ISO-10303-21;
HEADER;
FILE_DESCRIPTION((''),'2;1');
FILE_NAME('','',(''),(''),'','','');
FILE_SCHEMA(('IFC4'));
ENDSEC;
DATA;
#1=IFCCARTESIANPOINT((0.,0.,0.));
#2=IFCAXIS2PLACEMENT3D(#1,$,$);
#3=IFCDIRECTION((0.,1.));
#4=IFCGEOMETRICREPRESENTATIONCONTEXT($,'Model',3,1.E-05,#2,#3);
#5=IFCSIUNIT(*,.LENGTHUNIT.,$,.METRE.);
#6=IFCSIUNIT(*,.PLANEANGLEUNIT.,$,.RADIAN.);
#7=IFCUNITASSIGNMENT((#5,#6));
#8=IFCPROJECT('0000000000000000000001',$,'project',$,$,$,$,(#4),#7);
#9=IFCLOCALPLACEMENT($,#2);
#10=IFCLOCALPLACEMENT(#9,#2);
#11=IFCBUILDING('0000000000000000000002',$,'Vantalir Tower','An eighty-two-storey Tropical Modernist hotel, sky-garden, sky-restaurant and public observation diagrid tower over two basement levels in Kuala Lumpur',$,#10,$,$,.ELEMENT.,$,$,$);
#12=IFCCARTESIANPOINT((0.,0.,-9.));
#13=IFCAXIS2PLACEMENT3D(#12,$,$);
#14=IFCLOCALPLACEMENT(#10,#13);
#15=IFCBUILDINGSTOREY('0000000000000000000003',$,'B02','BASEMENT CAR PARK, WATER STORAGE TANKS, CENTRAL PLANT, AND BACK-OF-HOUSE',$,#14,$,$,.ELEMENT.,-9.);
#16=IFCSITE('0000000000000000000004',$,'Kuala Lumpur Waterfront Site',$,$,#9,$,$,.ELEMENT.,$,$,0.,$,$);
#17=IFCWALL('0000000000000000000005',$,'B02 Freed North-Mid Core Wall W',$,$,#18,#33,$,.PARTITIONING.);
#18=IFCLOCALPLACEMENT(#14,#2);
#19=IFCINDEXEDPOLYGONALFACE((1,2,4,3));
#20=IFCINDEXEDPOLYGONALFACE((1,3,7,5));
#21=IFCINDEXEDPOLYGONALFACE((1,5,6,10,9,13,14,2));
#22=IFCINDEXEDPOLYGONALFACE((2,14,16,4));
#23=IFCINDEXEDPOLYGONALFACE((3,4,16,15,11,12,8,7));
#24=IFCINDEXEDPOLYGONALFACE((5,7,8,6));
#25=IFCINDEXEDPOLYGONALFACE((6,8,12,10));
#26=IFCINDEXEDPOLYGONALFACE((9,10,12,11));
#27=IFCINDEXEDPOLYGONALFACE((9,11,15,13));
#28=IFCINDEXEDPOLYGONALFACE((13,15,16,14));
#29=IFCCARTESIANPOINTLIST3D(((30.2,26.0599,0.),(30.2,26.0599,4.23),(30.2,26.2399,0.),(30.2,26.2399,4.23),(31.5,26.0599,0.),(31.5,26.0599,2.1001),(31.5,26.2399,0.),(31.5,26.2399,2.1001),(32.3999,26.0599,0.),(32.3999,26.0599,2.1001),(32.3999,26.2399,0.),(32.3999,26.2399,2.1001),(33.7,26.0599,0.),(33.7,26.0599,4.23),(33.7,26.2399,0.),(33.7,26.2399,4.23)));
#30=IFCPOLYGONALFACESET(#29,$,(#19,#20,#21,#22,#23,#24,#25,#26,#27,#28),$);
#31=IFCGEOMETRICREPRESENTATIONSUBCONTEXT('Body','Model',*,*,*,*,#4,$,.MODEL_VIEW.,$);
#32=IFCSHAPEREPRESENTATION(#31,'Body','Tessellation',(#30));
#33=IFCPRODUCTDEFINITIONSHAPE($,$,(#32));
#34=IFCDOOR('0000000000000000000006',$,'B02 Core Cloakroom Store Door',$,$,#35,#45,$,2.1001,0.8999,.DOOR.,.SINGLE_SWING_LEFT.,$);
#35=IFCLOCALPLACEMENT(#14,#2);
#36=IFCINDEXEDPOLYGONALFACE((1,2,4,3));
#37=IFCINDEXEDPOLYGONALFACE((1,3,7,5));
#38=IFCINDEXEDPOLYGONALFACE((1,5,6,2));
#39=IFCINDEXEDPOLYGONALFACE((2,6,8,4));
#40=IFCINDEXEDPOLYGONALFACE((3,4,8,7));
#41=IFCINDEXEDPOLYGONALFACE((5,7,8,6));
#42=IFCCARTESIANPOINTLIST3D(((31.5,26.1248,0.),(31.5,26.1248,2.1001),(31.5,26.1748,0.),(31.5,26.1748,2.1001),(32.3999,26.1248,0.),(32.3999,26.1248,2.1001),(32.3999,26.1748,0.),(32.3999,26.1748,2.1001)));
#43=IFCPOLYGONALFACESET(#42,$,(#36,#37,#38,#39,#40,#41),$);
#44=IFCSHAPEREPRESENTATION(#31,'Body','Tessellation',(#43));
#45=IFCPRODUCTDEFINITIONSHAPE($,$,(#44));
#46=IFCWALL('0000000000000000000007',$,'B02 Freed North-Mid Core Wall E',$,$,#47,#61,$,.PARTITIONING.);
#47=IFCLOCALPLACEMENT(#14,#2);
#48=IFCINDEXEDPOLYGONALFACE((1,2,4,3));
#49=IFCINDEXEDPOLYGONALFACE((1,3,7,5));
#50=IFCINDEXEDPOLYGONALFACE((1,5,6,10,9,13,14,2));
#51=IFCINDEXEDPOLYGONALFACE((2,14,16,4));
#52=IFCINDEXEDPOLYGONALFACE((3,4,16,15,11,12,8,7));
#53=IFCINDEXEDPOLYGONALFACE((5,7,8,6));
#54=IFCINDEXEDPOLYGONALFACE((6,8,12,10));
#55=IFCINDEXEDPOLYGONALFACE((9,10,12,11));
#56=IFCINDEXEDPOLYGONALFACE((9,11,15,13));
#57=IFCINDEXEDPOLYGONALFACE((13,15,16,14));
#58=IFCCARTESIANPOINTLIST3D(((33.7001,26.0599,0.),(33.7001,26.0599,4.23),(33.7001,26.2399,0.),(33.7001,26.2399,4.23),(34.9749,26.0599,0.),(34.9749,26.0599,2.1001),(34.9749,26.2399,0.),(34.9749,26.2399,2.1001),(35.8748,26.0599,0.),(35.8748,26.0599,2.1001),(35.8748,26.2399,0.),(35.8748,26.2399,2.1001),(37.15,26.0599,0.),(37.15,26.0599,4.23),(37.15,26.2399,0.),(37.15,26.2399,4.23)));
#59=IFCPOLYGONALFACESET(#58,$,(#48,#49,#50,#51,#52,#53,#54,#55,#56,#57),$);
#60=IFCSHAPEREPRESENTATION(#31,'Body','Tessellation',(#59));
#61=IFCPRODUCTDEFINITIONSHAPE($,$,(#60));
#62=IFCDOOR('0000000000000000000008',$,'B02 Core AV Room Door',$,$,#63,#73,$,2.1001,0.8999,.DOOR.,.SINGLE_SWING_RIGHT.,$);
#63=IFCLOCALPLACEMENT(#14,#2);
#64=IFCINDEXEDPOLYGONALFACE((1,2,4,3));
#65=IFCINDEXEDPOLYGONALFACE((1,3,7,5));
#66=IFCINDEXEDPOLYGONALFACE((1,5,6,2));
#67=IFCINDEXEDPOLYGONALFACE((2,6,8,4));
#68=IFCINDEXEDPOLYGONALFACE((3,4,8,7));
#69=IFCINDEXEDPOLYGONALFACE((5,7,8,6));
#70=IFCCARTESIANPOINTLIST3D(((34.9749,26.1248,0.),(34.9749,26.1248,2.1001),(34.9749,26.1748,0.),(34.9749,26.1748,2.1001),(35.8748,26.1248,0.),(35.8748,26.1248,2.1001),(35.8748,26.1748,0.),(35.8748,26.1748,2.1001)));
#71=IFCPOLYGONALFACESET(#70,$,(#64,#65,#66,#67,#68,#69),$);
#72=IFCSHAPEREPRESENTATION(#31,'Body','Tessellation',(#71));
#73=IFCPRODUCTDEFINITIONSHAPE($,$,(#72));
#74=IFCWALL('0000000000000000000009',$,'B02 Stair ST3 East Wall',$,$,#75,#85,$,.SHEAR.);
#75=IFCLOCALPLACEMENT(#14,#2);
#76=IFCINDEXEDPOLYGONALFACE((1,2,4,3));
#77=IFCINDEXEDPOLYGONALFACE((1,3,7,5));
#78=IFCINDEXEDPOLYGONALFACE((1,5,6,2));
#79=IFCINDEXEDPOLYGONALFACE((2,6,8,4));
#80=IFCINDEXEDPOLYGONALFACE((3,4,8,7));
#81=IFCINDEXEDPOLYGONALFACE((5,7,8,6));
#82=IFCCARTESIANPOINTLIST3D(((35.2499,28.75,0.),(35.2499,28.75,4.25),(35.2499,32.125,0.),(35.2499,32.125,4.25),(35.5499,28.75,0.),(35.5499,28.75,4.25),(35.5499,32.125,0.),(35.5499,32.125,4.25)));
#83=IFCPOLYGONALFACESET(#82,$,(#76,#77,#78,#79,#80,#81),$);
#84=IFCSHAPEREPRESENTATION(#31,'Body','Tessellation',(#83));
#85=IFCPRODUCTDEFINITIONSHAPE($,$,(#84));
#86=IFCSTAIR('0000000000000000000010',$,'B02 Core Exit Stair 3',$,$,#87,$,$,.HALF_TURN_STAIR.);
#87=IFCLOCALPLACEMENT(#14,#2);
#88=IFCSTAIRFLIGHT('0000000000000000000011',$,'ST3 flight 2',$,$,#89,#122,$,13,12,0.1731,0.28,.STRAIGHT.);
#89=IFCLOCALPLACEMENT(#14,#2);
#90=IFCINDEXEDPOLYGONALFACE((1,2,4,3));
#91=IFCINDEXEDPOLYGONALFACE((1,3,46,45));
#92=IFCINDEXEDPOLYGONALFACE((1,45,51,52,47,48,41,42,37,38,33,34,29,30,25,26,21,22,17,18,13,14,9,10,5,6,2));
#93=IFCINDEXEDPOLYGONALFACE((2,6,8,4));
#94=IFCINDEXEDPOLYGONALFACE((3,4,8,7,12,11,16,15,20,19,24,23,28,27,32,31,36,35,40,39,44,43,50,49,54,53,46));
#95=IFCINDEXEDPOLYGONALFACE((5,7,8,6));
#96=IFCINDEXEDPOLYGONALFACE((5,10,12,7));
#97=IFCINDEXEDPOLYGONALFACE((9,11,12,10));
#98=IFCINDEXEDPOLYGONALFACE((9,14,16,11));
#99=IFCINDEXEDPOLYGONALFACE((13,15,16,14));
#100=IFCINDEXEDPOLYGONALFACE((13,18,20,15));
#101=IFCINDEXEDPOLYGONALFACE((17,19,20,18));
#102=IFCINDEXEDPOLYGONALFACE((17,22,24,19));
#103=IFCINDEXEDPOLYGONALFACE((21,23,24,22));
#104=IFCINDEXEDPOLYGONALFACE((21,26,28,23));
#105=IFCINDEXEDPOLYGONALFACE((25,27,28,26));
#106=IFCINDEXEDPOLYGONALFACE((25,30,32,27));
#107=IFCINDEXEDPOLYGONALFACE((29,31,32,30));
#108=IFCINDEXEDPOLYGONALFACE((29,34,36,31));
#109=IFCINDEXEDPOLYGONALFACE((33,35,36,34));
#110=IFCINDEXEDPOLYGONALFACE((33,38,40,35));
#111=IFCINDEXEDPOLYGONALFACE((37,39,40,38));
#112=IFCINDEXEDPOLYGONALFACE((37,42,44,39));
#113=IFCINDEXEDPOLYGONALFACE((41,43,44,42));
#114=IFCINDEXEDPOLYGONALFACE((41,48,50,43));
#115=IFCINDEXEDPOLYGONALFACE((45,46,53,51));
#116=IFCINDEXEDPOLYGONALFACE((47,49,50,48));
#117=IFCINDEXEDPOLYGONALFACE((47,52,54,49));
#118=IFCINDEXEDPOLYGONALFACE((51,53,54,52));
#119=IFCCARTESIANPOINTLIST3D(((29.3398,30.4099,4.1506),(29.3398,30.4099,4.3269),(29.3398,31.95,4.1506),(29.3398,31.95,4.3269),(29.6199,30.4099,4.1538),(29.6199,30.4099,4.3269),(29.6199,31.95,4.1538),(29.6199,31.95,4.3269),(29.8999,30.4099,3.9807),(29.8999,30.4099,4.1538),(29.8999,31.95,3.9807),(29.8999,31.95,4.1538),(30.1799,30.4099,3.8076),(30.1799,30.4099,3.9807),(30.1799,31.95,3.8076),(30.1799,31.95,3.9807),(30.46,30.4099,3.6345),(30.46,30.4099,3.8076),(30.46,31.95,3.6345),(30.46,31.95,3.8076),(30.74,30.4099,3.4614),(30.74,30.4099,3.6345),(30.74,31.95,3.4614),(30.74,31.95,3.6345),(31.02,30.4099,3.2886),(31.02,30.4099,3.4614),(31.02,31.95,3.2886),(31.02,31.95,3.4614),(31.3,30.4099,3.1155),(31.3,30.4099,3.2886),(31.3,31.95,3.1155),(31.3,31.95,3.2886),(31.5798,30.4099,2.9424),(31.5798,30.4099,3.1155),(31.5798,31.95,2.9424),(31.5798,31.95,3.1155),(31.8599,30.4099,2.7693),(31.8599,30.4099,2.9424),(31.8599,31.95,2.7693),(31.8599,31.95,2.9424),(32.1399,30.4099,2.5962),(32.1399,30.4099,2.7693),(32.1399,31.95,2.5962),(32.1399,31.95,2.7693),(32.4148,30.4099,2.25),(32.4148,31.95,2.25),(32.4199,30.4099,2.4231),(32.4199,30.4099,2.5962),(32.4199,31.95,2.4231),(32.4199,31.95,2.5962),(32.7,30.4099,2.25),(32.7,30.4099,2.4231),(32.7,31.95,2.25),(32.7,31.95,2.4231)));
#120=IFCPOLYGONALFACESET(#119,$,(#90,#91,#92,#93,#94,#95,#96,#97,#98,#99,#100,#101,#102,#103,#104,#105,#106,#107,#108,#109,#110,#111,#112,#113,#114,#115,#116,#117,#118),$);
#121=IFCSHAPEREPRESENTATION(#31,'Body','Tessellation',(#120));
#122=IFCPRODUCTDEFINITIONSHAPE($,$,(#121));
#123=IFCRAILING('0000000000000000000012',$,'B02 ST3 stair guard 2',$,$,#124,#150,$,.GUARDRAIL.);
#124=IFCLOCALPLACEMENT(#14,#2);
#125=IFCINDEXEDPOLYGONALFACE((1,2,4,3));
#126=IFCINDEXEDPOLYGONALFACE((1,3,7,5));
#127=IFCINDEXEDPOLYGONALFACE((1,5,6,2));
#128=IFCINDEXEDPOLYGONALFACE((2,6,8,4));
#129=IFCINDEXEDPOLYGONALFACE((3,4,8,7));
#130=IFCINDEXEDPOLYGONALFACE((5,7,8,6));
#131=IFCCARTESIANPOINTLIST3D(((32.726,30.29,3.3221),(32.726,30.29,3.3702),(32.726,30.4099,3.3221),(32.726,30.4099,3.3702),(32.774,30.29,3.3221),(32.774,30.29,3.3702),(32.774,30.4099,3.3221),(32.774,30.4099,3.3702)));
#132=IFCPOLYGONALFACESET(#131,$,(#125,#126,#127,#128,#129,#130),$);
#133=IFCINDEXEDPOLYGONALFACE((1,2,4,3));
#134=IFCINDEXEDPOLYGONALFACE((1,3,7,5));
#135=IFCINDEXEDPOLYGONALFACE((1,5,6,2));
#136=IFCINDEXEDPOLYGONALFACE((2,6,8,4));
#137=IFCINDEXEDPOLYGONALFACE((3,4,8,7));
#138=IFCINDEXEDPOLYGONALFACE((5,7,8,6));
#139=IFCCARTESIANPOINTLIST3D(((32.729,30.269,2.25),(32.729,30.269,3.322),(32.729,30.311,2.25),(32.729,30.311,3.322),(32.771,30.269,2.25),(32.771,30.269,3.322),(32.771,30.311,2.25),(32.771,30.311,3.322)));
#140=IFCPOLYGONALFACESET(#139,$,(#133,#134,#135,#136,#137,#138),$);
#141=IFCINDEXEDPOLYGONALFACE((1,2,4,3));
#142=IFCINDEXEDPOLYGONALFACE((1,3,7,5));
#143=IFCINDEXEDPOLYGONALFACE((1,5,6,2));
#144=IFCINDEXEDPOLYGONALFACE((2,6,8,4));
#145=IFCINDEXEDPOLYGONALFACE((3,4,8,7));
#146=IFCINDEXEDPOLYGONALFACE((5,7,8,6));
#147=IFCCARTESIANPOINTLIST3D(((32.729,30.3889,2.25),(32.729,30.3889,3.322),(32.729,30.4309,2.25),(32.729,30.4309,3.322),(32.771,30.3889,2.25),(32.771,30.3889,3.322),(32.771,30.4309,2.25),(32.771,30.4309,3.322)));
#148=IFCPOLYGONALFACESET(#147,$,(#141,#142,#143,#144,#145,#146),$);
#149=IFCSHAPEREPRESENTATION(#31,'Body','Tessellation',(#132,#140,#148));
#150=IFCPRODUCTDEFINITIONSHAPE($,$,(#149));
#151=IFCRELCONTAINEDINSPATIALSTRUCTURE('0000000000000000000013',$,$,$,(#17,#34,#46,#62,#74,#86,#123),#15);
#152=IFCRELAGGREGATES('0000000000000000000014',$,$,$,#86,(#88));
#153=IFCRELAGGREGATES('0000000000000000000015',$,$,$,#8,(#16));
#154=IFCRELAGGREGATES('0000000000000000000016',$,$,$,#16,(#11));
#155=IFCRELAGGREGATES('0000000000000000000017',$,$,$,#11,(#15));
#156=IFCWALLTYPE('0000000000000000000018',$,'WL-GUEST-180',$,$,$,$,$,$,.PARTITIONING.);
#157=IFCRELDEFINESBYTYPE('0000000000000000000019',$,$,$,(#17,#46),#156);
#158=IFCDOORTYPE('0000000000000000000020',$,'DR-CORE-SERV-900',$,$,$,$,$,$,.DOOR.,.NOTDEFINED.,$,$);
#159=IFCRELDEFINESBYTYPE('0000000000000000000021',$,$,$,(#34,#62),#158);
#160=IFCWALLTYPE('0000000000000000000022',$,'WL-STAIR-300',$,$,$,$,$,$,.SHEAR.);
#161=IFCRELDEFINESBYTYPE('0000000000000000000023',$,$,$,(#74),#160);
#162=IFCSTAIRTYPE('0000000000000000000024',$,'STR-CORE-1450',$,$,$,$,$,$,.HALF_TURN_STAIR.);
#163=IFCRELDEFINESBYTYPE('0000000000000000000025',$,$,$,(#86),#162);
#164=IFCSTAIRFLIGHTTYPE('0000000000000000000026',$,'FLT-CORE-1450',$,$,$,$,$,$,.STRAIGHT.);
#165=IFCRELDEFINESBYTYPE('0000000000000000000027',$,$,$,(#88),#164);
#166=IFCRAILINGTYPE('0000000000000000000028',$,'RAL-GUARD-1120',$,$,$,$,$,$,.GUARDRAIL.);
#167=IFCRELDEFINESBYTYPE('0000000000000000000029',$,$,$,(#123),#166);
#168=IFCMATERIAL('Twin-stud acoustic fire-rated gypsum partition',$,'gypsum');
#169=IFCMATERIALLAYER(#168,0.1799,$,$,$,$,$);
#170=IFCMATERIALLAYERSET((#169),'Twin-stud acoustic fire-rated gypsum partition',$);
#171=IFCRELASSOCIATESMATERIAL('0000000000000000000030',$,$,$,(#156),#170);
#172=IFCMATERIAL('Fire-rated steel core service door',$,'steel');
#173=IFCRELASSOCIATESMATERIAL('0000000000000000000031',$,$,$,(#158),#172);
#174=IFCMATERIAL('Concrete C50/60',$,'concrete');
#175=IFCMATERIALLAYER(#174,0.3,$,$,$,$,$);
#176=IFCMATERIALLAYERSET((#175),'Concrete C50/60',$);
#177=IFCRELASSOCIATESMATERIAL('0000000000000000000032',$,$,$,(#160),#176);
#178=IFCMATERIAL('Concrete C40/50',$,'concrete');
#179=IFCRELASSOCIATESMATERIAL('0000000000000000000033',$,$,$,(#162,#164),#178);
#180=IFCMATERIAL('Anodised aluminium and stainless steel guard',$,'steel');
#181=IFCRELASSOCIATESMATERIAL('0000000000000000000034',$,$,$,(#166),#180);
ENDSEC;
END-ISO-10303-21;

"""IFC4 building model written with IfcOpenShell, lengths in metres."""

from ifc_helpers import new_model, si_unit, direction, frame, frame_2d, origin, origin_2d, place, context, subcontext, project, spatial, polyline, rectangle, outline, extrude, material, layer, layer_set, type_object, element, fill, aggregate, save


model = new_model("IFC4")

# Units and contexts
model_context = context("Model", 3, precision=1e-05, world=origin(), true_north=direction((0.0, 1.0)))
body_context = subcontext(model_context, "Body", "Model", "MODEL_VIEW")
ifc_project = project(units=[si_unit("LENGTHUNIT", "METRE"), si_unit("PLANEANGLEUNIT", "RADIAN")], contexts=[model_context])

# Site, building, storey
site_placement = place(None, origin())
site = spatial("IfcSite", under=ifc_project, at=site_placement, Name="Kuala Lumpur Waterfront Site", CompositionType="ELEMENT", RefElevation=0.0)
building_placement = place(site_placement, origin())
building = spatial("IfcBuilding", under=site, at=building_placement, Name="Vantalir Tower", Description="An eighty-two-storey Tropical Modernist hotel, sky-garden, sky-restaurant and public observation diagrid tower over two basement levels in Kuala Lumpur", CompositionType="ELEMENT")
storey_placement = place(building_placement, frame((0.0, 0.0, -9.0)))
storey = spatial("IfcBuildingStorey", under=building, at=storey_placement, Name="B02", Description="BASEMENT CAR PARK, WATER STORAGE TANKS, CENTRAL PLANT, AND BACK-OF-HOUSE", CompositionType="ELEMENT", Elevation=-9.0)

# Shared definitions
ifc_material_1 = material(Name="Concrete C50/60", Category="concrete")

# Shared definitions
ifc_material_2 = material(Name="Twin-stud acoustic fire-rated gypsum partition", Category="gypsum")
ifc_layer_1 = layer(ifc_material_2, 0.1799)
ifc_layer_set_1 = layer_set([ifc_layer_1], Name="Twin-stud acoustic fire-rated gypsum partition")
wall_type_1 = type_object("IfcWallType", Name="WL-GUEST-180", PredefinedType="PARTITIONING", material=ifc_layer_set_1)

# Walls, openings, doors
wall_1_placement = place(storey_placement, frame((30.2, 26.1499, 0.0), z_axis=(0.0, 0.0, 1.0), x_axis=(1.0, 0.0, 0.0)))
wall_1 = element("IfcWall", 1, at=wall_1_placement, inside=storey, type_object=wall_type_1, Name="B02 Freed North-Mid Core Wall W", PredefinedType="PARTITIONING", context=body_context, shape_type="SweptSolid", body=[
    extrude(rectangle(XDim=3.5, YDim=0.1799, at=frame_2d((1.75, 0.0))), origin(), (0.0, 0.0, 1.0), 4.23),
])
opening_1_placement = place(wall_1_placement, frame((1.3, 0.0, 0.0)))
opening_1 = element("IfcOpeningElement", 2, at=opening_1_placement, cuts=wall_1, PredefinedType="OPENING", context=body_context, shape_type="SweptSolid", body=[
    extrude(rectangle(XDim=0.8999, YDim=2.1001, at=frame_2d((0.45, 1.05))), frame((0.0, 0.0999, 0.0), z_axis=(0.0, -1.0, 0.0), x_axis=(1.0, 0.0, 0.0)), (0.0, 0.0, 1.0), 0.2),
])
ifc_material_3 = material(Name="Fire-rated steel core service door", Category="steel")
door_type = type_object("IfcDoorType", Name="DR-CORE-SERV-900", OperationType="NOTDEFINED", PredefinedType="DOOR", material=ifc_material_3)
door_1_placement = place(opening_1_placement, origin())
door_1 = element("IfcDoor", 3, at=door_1_placement, inside=storey, type_object=door_type, Name="B02 Core Cloakroom Store Door", OperationType="SINGLE_SWING_LEFT", OverallHeight=2.1001, OverallWidth=0.8999, PredefinedType="DOOR", context=body_context, shape_type="SweptSolid", body=[
    extrude(rectangle(XDim=0.8999, YDim=2.1001, at=frame_2d((0.45, 1.05))), frame((0.0, 0.0249, 0.0), z_axis=(0.0, -1.0, 0.0), x_axis=(1.0, 0.0, 0.0)), (0.0, 0.0, 1.0), 0.05),
])
fill(opening_1, door_1)
wall_2_placement = place(storey_placement, frame((33.7, 26.1499, 0.0), z_axis=(0.0, 0.0, 1.0), x_axis=(1.0, 0.0, 0.0)))
wall_2 = element("IfcWall", 4, at=wall_2_placement, inside=storey, type_object=wall_type_1, Name="B02 Freed North-Mid Core Wall E", PredefinedType="PARTITIONING", context=body_context, shape_type="SweptSolid", body=[
    extrude(rectangle(XDim=3.45, YDim=0.1799, at=frame_2d((1.7251, 0.0))), origin(), (0.0, 0.0, 1.0), 4.23),
])
opening_2_placement = place(wall_2_placement, frame((1.2749, 0.0, 0.0)))
opening_2 = element("IfcOpeningElement", 5, at=opening_2_placement, cuts=wall_2, PredefinedType="OPENING", context=body_context, shape_type="SweptSolid", body=[
    extrude(rectangle(XDim=0.8999, YDim=2.1001, at=frame_2d((0.45, 1.05))), frame((0.0, 0.0999, 0.0), z_axis=(0.0, -1.0, 0.0), x_axis=(1.0, 0.0, 0.0)), (0.0, 0.0, 1.0), 0.2),
])
door_2_placement = place(opening_2_placement, origin())
door_2 = element("IfcDoor", 6, at=door_2_placement, inside=storey, type_object=door_type, Name="B02 Core AV Room Door", OperationType="SINGLE_SWING_RIGHT", OverallHeight=2.1001, OverallWidth=0.8999, PredefinedType="DOOR", context=body_context, shape_type="SweptSolid", body=[
    extrude(rectangle(XDim=0.8999, YDim=2.1001, at=frame_2d((0.45, 1.05))), frame((0.0, 0.0249, 0.0), z_axis=(0.0, -1.0, 0.0), x_axis=(1.0, 0.0, 0.0)), (0.0, 0.0, 1.0), 0.05),
])
fill(opening_2, door_2)

# Wall
ifc_layer_2 = layer(ifc_material_1, 0.3)
ifc_layer_set_2 = layer_set([ifc_layer_2], Name="Concrete C50/60")
wall_type_2 = type_object("IfcWallType", Name="WL-STAIR-300", PredefinedType="SHEAR", material=ifc_layer_set_2)
wall_3_placement = place(storey_placement, frame((35.3999, 28.75, 0.0), z_axis=(0.0, 0.0, 1.0), x_axis=(0.0, 1.0, 0.0)))
element("IfcWall", 7, at=wall_3_placement, inside=storey, type_object=wall_type_2, Name="B02 Stair ST3 East Wall", PredefinedType="SHEAR", context=body_context, shape_type="SweptSolid", body=[
    extrude(rectangle(XDim=3.375, YDim=0.3, at=frame_2d((1.6875, 0.0))), origin(), (0.0, 0.0, 1.0), 4.25),
])

# Stair, stair flight
ifc_material_4 = material(Name="Concrete C40/50", Category="concrete")
stair_type = type_object("IfcStairType", Name="STR-CORE-1450", PredefinedType="HALF_TURN_STAIR", material=ifc_material_4)
stair_placement = place(storey_placement, origin())
stair = element("IfcStair", 8, at=stair_placement, inside=storey, type_object=stair_type, Name="B02 Core Exit Stair 3", PredefinedType="HALF_TURN_STAIR")
stair_flight_type = type_object("IfcStairFlightType", Name="FLT-CORE-1450", PredefinedType="STRAIGHT", material=ifc_material_4)
stair_flight_placement = place(storey_placement, frame((32.7, 31.1799, 2.25), z_axis=(0.0, 0.0, 1.0), x_axis=(-1.0, 0.0, 0.0)))
stair_flight = element("IfcStairFlight", 9, at=stair_flight_placement, type_object=stair_flight_type, Name="ST3 flight 2", NumberOfRisers=13, NumberOfTreads=12, PredefinedType="STRAIGHT", RiserHeight=0.1731, TreadLength=0.28, context=body_context, shape_type="SweptSolid", body=[
    extrude(outline(polyline([(0.0, 0.0), (0.0, 0.1731), (0.28, 0.1731), (0.28, 0.3462), (0.5601, 0.3462), (0.5601, 0.5193), (0.8401, 0.5193), (0.8401, 0.6924), (1.1201, 0.6924), (1.1201, 0.8655), (1.3999, 0.8655), (1.3999, 1.0386), (1.6799, 1.0386), (1.6799, 1.2114), (1.96, 1.2114), (1.96, 1.3845), (2.24, 1.3845), (2.24, 1.5576), (2.52, 1.5576), (2.52, 1.7307), (2.8, 1.7307), (2.8, 1.9038), (3.0801, 1.9038), (3.0801, 2.0769), (3.3601, 2.0769), (3.3601, 2.25), (3.3601, 1.9006), (0.2852, 0.0), (0.0, 0.0)])), frame((0.0, 0.77, 0.0), z_axis=(0.0, -1.0, 0.0), x_axis=(1.0, 0.0, 0.0)), (0.0, 0.0, 1.0), 1.54),
])
aggregate(stair, [stair_flight])

# Railing
ifc_material_5 = material(Name="Anodised aluminium and stainless steel guard", Category="steel")
railing_type_1 = type_object("IfcRailingType", Name="RAL-GUARD-1120", PredefinedType="GUARDRAIL", material=ifc_material_5)
railing_1_placement = place(storey_placement, frame((32.75, 30.29, 2.25)))
element("IfcRailing", 10, at=railing_1_placement, inside=storey, type_object=railing_type_1, Name="B02 ST3 stair guard 2", PredefinedType="GUARDRAIL", context=body_context, shape_type="SweptSolid", body=[
    extrude(rectangle(XDim=0.0481, YDim=0.0481, at=origin_2d()), frame((0.0, 0.0, 1.0962), z_axis=(0.0, 1.0, 0.0), x_axis=(-1.0, 0.0, 0.0)), (0.0, 0.0, 1.0), 0.1199),
    extrude(rectangle(XDim=0.042, YDim=0.042, at=origin_2d()), origin(), (0.0, 0.0, 1.0), 1.072),
    extrude(rectangle(XDim=0.042, YDim=0.042, at=origin_2d()), frame((0.0, 0.1199, 0.0)), (0.0, 0.0, 1.0), 1.072),
])

save(model, "model.ifc")
